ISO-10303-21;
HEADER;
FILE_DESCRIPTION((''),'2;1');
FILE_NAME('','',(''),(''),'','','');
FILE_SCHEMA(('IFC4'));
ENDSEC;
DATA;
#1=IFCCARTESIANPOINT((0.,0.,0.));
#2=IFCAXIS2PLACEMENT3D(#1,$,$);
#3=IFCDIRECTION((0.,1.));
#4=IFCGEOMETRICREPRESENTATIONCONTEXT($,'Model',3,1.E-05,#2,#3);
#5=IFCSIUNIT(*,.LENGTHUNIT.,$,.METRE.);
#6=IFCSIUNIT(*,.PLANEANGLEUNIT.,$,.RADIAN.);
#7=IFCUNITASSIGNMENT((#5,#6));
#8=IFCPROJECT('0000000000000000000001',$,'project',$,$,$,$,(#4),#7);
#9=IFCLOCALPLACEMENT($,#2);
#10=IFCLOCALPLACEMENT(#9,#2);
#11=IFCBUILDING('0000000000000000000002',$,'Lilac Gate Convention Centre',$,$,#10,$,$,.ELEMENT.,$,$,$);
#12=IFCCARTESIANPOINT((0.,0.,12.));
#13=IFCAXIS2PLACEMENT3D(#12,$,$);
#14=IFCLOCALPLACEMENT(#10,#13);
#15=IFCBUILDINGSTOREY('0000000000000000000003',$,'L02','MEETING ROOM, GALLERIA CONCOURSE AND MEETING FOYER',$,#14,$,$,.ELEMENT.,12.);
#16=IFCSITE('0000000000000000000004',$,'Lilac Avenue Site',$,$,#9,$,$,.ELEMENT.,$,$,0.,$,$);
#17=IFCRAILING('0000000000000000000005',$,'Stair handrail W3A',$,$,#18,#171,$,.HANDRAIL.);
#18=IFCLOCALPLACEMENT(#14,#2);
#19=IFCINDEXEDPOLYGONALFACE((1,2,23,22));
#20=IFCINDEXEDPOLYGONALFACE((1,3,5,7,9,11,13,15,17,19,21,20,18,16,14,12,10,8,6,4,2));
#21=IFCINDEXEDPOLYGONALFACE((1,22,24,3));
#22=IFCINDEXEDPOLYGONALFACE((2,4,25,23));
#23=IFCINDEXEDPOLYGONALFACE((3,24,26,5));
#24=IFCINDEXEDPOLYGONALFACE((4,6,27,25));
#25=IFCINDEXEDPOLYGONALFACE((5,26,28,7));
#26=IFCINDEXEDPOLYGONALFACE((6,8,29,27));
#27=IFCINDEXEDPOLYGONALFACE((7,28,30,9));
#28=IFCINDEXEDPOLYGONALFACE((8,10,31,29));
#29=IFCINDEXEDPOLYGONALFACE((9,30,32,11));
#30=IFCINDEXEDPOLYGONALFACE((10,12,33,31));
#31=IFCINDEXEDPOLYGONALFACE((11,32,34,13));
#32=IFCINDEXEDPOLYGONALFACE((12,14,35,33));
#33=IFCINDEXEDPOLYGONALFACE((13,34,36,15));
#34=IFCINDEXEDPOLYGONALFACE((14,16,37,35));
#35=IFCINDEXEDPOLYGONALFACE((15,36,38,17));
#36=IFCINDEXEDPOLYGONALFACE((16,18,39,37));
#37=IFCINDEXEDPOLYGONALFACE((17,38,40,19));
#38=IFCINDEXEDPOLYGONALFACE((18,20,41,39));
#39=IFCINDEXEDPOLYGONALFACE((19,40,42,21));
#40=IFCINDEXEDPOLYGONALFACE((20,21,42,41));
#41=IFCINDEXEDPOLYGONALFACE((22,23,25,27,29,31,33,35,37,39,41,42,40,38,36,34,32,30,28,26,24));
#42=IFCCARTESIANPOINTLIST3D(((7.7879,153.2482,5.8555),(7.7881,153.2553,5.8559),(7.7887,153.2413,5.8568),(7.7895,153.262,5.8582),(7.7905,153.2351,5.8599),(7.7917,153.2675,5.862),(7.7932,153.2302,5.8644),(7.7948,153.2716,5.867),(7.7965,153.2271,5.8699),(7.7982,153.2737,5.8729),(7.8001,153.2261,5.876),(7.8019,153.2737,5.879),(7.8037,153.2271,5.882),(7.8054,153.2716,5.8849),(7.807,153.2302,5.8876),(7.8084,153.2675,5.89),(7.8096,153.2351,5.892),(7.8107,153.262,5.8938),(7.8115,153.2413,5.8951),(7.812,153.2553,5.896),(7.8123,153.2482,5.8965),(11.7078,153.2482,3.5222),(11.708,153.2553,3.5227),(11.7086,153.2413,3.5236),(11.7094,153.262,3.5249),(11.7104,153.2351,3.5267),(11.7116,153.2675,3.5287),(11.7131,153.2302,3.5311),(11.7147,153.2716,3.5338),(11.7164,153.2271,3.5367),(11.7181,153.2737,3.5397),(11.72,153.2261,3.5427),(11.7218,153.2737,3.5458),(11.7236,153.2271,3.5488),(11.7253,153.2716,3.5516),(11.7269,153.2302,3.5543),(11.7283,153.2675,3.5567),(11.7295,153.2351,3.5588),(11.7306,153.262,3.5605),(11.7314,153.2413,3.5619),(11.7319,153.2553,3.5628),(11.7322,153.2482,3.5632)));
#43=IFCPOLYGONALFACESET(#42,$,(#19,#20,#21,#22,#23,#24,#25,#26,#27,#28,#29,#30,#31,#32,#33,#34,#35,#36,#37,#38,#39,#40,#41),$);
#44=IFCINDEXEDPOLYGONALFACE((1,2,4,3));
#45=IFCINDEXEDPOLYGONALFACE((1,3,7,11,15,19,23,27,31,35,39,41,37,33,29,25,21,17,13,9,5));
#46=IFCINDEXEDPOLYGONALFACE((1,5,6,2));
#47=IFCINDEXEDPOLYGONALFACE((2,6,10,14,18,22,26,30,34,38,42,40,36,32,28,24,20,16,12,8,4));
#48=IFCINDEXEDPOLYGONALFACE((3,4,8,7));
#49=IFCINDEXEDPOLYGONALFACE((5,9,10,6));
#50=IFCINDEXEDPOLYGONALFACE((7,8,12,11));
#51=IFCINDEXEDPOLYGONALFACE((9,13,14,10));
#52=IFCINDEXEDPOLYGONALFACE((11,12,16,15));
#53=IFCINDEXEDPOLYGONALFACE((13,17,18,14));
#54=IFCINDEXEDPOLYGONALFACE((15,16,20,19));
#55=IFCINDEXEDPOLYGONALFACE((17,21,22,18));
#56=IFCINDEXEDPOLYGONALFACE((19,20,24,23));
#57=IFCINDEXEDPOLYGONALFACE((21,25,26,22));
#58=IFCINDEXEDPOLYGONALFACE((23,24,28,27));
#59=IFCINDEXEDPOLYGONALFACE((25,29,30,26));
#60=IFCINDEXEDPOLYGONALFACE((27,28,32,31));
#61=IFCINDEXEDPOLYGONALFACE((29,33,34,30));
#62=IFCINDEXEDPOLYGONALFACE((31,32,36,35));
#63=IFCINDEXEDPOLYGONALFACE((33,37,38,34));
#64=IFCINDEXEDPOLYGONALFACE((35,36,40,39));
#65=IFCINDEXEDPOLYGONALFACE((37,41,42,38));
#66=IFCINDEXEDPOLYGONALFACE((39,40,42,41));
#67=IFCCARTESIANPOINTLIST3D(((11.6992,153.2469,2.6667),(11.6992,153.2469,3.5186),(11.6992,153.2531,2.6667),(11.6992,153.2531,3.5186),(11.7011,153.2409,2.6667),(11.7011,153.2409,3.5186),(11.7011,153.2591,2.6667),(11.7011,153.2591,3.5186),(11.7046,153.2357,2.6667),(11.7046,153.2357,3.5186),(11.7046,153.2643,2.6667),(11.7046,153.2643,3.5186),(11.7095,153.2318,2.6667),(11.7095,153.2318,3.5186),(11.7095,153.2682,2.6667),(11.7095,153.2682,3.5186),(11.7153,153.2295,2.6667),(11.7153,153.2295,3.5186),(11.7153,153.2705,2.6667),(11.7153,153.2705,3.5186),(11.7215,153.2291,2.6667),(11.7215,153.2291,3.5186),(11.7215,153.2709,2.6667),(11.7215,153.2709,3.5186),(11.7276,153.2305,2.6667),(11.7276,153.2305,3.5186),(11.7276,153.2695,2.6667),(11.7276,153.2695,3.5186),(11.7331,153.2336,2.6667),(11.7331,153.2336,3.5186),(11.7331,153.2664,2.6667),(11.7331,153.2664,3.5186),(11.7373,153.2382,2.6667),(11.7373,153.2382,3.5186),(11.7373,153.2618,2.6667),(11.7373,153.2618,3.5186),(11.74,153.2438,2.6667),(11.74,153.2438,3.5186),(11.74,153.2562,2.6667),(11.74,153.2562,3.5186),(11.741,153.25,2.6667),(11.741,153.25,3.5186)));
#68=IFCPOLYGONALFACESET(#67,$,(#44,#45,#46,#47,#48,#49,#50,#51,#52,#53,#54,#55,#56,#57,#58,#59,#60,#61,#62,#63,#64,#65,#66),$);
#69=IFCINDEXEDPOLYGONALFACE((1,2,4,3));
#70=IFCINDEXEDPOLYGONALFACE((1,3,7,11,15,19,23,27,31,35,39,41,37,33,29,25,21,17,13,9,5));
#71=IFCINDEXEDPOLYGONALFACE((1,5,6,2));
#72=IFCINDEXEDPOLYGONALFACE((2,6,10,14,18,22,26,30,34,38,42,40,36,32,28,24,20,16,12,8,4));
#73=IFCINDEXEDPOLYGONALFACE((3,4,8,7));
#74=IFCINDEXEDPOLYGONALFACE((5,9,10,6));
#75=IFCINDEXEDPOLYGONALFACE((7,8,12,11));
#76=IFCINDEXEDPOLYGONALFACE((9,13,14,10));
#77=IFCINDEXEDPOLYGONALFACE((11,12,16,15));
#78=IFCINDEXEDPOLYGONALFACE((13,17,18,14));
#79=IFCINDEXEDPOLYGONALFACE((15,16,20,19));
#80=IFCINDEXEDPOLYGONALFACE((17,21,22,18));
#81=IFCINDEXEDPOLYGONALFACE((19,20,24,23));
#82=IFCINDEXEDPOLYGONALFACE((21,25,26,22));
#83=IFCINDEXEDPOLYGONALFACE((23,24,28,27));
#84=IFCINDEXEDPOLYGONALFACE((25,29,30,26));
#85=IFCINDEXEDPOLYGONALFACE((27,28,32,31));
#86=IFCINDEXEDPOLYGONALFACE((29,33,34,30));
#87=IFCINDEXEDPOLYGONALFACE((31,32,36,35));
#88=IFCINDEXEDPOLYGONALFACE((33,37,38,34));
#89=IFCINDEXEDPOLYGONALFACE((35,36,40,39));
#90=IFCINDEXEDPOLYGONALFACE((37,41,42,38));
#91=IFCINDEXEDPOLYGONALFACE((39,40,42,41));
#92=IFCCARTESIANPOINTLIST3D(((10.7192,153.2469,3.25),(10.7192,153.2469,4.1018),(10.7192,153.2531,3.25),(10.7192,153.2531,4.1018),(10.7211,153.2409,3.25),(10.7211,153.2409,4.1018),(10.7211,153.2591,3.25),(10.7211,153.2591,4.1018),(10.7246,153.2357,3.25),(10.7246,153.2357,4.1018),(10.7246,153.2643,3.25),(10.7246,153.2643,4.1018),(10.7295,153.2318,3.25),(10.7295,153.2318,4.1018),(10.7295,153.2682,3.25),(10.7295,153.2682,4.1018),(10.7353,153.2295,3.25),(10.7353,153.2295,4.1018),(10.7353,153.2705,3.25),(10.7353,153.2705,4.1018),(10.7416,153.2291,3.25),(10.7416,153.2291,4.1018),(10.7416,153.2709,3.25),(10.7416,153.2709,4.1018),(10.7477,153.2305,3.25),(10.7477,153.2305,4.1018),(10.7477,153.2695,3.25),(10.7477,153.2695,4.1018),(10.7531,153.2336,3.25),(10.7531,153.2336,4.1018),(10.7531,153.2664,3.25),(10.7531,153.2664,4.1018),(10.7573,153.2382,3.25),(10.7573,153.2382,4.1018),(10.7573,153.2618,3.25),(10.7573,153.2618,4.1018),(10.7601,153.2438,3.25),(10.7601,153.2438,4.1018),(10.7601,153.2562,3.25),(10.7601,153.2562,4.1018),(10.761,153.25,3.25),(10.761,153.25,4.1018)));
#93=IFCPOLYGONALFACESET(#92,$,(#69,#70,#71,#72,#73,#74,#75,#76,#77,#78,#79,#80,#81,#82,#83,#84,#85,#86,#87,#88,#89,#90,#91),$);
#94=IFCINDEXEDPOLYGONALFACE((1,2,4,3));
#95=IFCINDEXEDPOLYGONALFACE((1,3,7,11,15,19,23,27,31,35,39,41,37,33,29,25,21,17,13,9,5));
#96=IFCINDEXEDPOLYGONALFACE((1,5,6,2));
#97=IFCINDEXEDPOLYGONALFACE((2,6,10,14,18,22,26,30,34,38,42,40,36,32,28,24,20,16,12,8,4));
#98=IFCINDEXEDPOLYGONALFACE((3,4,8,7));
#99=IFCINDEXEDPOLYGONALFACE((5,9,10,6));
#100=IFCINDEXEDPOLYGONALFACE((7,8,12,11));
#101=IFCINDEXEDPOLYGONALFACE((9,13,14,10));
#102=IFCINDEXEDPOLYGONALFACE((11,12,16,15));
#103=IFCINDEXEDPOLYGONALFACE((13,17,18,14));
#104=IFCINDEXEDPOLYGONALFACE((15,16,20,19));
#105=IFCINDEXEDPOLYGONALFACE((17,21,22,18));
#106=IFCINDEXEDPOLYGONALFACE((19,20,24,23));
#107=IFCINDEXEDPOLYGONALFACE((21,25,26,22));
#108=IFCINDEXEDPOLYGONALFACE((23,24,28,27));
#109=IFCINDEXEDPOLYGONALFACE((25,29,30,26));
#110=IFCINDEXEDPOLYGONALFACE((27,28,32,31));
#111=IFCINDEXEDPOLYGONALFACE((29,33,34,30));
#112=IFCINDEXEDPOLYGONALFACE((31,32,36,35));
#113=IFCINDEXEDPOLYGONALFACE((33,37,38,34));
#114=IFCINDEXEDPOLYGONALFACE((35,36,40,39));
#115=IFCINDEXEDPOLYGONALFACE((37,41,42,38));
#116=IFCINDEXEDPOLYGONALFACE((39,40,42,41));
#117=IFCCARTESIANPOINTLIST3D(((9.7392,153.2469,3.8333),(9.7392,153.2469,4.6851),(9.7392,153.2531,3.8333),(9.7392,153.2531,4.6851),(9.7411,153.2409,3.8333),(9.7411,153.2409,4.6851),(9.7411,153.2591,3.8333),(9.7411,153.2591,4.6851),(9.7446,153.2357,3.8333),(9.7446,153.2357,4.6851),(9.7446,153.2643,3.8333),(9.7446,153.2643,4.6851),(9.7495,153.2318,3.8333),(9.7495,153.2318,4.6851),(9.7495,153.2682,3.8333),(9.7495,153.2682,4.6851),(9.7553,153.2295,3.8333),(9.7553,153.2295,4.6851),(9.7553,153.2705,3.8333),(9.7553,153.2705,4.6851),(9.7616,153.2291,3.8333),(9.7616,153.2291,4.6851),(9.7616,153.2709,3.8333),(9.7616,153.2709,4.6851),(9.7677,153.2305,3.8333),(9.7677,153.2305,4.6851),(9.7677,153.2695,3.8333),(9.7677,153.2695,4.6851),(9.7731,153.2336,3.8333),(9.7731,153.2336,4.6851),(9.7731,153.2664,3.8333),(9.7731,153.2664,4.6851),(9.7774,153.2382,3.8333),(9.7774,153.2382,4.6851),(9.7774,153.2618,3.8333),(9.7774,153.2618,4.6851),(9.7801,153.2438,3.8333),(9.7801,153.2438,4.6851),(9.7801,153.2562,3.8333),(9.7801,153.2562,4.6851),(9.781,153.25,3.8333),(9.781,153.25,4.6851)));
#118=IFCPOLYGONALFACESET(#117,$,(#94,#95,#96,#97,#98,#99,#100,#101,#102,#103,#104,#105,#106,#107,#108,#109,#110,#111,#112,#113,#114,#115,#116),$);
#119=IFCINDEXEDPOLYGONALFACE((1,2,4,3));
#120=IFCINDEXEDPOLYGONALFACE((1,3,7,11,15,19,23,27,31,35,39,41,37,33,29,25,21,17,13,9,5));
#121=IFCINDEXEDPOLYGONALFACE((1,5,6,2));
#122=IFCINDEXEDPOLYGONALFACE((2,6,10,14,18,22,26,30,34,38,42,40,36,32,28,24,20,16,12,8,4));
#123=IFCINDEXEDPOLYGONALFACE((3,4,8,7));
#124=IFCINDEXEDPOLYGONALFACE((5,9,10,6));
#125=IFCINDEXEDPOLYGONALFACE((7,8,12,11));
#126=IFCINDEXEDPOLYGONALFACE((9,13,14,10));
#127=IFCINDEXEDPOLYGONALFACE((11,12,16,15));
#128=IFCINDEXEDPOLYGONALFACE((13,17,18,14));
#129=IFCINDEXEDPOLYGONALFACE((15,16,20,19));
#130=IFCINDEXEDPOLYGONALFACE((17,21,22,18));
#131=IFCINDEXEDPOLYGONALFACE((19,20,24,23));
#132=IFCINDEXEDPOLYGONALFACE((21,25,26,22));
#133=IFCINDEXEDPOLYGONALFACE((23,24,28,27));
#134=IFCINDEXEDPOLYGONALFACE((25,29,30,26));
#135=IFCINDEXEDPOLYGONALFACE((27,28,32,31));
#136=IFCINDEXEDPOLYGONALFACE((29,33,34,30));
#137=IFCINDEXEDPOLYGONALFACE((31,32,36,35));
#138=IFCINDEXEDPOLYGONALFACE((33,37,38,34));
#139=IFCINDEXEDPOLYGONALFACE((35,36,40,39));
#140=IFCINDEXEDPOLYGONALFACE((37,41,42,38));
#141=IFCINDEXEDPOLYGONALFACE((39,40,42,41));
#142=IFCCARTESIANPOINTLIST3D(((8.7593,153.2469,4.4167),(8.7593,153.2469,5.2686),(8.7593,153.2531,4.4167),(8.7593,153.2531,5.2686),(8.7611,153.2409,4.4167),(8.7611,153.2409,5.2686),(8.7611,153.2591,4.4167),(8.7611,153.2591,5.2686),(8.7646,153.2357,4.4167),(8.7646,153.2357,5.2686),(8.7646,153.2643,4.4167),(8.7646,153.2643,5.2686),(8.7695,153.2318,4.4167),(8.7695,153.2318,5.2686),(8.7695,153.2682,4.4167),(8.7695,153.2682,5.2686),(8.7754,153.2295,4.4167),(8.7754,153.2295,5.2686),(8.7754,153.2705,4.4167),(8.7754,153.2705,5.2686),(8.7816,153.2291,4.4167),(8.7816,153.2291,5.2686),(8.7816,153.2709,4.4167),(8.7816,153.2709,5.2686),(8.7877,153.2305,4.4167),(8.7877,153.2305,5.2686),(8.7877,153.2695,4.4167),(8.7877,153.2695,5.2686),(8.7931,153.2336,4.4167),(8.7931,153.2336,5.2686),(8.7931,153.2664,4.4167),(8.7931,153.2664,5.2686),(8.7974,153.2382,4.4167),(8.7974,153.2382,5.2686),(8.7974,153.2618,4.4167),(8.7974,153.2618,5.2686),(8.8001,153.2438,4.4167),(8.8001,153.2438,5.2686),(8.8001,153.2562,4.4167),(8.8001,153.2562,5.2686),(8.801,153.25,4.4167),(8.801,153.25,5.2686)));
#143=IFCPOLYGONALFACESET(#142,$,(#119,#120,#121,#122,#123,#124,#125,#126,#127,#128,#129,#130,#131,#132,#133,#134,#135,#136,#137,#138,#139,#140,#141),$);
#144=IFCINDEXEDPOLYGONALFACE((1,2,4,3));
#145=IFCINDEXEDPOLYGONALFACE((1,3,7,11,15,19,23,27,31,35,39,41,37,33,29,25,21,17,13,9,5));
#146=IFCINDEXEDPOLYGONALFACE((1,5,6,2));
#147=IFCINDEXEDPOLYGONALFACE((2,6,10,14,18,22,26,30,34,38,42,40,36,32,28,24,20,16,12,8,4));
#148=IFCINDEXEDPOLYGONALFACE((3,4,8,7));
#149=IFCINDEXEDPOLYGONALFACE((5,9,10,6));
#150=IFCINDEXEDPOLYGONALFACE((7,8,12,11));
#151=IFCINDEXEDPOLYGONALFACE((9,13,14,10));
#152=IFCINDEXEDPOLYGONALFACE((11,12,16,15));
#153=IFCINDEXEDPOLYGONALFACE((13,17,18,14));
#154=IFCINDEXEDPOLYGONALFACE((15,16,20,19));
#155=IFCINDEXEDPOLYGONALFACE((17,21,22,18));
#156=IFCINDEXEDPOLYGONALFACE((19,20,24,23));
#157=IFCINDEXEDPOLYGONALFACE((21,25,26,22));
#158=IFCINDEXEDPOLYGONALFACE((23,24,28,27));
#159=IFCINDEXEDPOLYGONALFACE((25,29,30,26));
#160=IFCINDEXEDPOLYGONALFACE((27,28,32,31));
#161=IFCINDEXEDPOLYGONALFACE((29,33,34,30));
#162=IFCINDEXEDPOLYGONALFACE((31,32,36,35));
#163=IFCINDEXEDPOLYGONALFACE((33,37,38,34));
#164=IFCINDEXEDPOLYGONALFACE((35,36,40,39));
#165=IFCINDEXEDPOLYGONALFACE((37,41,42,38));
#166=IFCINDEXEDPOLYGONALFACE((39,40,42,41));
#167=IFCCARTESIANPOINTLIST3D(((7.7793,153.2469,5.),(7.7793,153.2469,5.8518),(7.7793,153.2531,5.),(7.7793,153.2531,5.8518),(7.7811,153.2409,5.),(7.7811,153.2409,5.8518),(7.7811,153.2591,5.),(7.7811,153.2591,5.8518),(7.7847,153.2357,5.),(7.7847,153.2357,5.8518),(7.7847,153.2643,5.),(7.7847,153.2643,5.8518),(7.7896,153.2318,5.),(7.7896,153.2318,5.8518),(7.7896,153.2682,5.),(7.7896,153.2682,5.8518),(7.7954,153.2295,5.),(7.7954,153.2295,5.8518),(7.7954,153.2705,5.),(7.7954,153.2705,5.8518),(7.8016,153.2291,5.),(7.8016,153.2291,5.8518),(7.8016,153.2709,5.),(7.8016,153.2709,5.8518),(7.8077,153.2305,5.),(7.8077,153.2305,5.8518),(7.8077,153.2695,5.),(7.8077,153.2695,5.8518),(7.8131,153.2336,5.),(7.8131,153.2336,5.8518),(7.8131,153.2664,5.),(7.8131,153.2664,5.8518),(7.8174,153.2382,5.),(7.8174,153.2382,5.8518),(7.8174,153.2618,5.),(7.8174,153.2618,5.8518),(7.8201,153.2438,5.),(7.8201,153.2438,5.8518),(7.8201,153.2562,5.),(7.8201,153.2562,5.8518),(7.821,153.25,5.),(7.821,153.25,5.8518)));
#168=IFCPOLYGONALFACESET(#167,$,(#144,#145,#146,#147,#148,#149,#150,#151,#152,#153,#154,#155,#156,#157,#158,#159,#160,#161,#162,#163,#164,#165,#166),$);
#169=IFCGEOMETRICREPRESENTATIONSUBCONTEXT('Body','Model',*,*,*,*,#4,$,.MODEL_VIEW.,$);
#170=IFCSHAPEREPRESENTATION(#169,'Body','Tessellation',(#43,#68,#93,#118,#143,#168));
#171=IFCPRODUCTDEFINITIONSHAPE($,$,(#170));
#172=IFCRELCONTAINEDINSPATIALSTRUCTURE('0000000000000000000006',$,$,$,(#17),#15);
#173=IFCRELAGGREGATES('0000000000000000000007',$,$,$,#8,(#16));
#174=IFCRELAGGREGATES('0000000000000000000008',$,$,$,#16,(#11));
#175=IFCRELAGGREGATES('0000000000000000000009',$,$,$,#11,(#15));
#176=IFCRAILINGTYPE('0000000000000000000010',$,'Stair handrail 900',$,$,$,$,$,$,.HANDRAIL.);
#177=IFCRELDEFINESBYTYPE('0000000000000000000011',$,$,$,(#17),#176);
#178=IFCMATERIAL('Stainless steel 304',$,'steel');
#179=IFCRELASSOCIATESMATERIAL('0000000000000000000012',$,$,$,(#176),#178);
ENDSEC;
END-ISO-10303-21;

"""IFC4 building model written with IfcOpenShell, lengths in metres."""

from ifc_helpers import new_model, si_unit, direction, frame, origin, origin_2d, place, context, subcontext, project, spatial, circle, extrude, material, type_object, element, save


model = new_model("IFC4")

# Units and contexts
model_context = context("Model", 3, precision=1e-05, world=origin(), true_north=direction((0.0, 1.0)))
body_context = subcontext(model_context, "Body", "Model", "MODEL_VIEW")
ifc_project = project(units=[si_unit("LENGTHUNIT", "METRE"), si_unit("PLANEANGLEUNIT", "RADIAN")], contexts=[model_context])

# Site, building, storey
site_placement = place(None, origin())
site = spatial("IfcSite", under=ifc_project, at=site_placement, Name="Lilac Avenue Site", CompositionType="ELEMENT", RefElevation=0.0)
building_placement = place(site_placement, origin())
building = spatial("IfcBuilding", under=site, at=building_placement, Name="Lilac Gate Convention Centre", CompositionType="ELEMENT")
storey_placement = place(building_placement, frame((0.0, 0.0, 12.0)))
storey = spatial("IfcBuildingStorey", under=building, at=storey_placement, Name="L02", Description="MEETING ROOM, GALLERIA CONCOURSE AND MEETING FOYER", CompositionType="ELEMENT", Elevation=12.0)

# Shared definitions
ifc_material_1 = material(Name="Stainless steel 304", Category="steel")

# Railing
railing_type = type_object("IfcRailingType", Name="Stair handrail 900", PredefinedType="HANDRAIL", material=ifc_material_1)
for number, where, name in (
    (1, (11.72, 153.25, 2.6667), "Stair handrail W3A"),
):
    element("IfcRailing", number, at=place(storey_placement, frame(where)), inside=storey, type_object=railing_type, Name=name, PredefinedType="HANDRAIL", context=body_context, shape_type="SweptSolid", body=[
        extrude(circle(Radius=0.0239, at=origin_2d()), frame((0.0, 0.0, 0.876), z_axis=(-0.859296, 0.0, 0.511478), x_axis=(0.0, -1.0, 0.0)), (0.0, 0.0, 1.0), 4.5618),
        extrude(circle(Radius=0.021, at=origin_2d()), origin(), (0.0, 0.0, 1.0), 0.8518),
        extrude(circle(Radius=0.021, at=origin_2d()), frame((-0.98, 0.0, 0.5833)), (0.0, 0.0, 1.0), 0.8518),
        extrude(circle(Radius=0.021, at=origin_2d()), frame((-1.96, 0.0, 1.1665)), (0.0, 0.0, 1.0), 0.8518),
        extrude(circle(Radius=0.021, at=origin_2d()), frame((-2.9399, 0.0, 1.75)), (0.0, 0.0, 1.0), 0.8518),
        extrude(circle(Radius=0.021, at=origin_2d()), frame((-3.9199, 0.0, 2.3333)), (0.0, 0.0, 1.0), 0.8518),
    ])

save(model, "model.ifc")
